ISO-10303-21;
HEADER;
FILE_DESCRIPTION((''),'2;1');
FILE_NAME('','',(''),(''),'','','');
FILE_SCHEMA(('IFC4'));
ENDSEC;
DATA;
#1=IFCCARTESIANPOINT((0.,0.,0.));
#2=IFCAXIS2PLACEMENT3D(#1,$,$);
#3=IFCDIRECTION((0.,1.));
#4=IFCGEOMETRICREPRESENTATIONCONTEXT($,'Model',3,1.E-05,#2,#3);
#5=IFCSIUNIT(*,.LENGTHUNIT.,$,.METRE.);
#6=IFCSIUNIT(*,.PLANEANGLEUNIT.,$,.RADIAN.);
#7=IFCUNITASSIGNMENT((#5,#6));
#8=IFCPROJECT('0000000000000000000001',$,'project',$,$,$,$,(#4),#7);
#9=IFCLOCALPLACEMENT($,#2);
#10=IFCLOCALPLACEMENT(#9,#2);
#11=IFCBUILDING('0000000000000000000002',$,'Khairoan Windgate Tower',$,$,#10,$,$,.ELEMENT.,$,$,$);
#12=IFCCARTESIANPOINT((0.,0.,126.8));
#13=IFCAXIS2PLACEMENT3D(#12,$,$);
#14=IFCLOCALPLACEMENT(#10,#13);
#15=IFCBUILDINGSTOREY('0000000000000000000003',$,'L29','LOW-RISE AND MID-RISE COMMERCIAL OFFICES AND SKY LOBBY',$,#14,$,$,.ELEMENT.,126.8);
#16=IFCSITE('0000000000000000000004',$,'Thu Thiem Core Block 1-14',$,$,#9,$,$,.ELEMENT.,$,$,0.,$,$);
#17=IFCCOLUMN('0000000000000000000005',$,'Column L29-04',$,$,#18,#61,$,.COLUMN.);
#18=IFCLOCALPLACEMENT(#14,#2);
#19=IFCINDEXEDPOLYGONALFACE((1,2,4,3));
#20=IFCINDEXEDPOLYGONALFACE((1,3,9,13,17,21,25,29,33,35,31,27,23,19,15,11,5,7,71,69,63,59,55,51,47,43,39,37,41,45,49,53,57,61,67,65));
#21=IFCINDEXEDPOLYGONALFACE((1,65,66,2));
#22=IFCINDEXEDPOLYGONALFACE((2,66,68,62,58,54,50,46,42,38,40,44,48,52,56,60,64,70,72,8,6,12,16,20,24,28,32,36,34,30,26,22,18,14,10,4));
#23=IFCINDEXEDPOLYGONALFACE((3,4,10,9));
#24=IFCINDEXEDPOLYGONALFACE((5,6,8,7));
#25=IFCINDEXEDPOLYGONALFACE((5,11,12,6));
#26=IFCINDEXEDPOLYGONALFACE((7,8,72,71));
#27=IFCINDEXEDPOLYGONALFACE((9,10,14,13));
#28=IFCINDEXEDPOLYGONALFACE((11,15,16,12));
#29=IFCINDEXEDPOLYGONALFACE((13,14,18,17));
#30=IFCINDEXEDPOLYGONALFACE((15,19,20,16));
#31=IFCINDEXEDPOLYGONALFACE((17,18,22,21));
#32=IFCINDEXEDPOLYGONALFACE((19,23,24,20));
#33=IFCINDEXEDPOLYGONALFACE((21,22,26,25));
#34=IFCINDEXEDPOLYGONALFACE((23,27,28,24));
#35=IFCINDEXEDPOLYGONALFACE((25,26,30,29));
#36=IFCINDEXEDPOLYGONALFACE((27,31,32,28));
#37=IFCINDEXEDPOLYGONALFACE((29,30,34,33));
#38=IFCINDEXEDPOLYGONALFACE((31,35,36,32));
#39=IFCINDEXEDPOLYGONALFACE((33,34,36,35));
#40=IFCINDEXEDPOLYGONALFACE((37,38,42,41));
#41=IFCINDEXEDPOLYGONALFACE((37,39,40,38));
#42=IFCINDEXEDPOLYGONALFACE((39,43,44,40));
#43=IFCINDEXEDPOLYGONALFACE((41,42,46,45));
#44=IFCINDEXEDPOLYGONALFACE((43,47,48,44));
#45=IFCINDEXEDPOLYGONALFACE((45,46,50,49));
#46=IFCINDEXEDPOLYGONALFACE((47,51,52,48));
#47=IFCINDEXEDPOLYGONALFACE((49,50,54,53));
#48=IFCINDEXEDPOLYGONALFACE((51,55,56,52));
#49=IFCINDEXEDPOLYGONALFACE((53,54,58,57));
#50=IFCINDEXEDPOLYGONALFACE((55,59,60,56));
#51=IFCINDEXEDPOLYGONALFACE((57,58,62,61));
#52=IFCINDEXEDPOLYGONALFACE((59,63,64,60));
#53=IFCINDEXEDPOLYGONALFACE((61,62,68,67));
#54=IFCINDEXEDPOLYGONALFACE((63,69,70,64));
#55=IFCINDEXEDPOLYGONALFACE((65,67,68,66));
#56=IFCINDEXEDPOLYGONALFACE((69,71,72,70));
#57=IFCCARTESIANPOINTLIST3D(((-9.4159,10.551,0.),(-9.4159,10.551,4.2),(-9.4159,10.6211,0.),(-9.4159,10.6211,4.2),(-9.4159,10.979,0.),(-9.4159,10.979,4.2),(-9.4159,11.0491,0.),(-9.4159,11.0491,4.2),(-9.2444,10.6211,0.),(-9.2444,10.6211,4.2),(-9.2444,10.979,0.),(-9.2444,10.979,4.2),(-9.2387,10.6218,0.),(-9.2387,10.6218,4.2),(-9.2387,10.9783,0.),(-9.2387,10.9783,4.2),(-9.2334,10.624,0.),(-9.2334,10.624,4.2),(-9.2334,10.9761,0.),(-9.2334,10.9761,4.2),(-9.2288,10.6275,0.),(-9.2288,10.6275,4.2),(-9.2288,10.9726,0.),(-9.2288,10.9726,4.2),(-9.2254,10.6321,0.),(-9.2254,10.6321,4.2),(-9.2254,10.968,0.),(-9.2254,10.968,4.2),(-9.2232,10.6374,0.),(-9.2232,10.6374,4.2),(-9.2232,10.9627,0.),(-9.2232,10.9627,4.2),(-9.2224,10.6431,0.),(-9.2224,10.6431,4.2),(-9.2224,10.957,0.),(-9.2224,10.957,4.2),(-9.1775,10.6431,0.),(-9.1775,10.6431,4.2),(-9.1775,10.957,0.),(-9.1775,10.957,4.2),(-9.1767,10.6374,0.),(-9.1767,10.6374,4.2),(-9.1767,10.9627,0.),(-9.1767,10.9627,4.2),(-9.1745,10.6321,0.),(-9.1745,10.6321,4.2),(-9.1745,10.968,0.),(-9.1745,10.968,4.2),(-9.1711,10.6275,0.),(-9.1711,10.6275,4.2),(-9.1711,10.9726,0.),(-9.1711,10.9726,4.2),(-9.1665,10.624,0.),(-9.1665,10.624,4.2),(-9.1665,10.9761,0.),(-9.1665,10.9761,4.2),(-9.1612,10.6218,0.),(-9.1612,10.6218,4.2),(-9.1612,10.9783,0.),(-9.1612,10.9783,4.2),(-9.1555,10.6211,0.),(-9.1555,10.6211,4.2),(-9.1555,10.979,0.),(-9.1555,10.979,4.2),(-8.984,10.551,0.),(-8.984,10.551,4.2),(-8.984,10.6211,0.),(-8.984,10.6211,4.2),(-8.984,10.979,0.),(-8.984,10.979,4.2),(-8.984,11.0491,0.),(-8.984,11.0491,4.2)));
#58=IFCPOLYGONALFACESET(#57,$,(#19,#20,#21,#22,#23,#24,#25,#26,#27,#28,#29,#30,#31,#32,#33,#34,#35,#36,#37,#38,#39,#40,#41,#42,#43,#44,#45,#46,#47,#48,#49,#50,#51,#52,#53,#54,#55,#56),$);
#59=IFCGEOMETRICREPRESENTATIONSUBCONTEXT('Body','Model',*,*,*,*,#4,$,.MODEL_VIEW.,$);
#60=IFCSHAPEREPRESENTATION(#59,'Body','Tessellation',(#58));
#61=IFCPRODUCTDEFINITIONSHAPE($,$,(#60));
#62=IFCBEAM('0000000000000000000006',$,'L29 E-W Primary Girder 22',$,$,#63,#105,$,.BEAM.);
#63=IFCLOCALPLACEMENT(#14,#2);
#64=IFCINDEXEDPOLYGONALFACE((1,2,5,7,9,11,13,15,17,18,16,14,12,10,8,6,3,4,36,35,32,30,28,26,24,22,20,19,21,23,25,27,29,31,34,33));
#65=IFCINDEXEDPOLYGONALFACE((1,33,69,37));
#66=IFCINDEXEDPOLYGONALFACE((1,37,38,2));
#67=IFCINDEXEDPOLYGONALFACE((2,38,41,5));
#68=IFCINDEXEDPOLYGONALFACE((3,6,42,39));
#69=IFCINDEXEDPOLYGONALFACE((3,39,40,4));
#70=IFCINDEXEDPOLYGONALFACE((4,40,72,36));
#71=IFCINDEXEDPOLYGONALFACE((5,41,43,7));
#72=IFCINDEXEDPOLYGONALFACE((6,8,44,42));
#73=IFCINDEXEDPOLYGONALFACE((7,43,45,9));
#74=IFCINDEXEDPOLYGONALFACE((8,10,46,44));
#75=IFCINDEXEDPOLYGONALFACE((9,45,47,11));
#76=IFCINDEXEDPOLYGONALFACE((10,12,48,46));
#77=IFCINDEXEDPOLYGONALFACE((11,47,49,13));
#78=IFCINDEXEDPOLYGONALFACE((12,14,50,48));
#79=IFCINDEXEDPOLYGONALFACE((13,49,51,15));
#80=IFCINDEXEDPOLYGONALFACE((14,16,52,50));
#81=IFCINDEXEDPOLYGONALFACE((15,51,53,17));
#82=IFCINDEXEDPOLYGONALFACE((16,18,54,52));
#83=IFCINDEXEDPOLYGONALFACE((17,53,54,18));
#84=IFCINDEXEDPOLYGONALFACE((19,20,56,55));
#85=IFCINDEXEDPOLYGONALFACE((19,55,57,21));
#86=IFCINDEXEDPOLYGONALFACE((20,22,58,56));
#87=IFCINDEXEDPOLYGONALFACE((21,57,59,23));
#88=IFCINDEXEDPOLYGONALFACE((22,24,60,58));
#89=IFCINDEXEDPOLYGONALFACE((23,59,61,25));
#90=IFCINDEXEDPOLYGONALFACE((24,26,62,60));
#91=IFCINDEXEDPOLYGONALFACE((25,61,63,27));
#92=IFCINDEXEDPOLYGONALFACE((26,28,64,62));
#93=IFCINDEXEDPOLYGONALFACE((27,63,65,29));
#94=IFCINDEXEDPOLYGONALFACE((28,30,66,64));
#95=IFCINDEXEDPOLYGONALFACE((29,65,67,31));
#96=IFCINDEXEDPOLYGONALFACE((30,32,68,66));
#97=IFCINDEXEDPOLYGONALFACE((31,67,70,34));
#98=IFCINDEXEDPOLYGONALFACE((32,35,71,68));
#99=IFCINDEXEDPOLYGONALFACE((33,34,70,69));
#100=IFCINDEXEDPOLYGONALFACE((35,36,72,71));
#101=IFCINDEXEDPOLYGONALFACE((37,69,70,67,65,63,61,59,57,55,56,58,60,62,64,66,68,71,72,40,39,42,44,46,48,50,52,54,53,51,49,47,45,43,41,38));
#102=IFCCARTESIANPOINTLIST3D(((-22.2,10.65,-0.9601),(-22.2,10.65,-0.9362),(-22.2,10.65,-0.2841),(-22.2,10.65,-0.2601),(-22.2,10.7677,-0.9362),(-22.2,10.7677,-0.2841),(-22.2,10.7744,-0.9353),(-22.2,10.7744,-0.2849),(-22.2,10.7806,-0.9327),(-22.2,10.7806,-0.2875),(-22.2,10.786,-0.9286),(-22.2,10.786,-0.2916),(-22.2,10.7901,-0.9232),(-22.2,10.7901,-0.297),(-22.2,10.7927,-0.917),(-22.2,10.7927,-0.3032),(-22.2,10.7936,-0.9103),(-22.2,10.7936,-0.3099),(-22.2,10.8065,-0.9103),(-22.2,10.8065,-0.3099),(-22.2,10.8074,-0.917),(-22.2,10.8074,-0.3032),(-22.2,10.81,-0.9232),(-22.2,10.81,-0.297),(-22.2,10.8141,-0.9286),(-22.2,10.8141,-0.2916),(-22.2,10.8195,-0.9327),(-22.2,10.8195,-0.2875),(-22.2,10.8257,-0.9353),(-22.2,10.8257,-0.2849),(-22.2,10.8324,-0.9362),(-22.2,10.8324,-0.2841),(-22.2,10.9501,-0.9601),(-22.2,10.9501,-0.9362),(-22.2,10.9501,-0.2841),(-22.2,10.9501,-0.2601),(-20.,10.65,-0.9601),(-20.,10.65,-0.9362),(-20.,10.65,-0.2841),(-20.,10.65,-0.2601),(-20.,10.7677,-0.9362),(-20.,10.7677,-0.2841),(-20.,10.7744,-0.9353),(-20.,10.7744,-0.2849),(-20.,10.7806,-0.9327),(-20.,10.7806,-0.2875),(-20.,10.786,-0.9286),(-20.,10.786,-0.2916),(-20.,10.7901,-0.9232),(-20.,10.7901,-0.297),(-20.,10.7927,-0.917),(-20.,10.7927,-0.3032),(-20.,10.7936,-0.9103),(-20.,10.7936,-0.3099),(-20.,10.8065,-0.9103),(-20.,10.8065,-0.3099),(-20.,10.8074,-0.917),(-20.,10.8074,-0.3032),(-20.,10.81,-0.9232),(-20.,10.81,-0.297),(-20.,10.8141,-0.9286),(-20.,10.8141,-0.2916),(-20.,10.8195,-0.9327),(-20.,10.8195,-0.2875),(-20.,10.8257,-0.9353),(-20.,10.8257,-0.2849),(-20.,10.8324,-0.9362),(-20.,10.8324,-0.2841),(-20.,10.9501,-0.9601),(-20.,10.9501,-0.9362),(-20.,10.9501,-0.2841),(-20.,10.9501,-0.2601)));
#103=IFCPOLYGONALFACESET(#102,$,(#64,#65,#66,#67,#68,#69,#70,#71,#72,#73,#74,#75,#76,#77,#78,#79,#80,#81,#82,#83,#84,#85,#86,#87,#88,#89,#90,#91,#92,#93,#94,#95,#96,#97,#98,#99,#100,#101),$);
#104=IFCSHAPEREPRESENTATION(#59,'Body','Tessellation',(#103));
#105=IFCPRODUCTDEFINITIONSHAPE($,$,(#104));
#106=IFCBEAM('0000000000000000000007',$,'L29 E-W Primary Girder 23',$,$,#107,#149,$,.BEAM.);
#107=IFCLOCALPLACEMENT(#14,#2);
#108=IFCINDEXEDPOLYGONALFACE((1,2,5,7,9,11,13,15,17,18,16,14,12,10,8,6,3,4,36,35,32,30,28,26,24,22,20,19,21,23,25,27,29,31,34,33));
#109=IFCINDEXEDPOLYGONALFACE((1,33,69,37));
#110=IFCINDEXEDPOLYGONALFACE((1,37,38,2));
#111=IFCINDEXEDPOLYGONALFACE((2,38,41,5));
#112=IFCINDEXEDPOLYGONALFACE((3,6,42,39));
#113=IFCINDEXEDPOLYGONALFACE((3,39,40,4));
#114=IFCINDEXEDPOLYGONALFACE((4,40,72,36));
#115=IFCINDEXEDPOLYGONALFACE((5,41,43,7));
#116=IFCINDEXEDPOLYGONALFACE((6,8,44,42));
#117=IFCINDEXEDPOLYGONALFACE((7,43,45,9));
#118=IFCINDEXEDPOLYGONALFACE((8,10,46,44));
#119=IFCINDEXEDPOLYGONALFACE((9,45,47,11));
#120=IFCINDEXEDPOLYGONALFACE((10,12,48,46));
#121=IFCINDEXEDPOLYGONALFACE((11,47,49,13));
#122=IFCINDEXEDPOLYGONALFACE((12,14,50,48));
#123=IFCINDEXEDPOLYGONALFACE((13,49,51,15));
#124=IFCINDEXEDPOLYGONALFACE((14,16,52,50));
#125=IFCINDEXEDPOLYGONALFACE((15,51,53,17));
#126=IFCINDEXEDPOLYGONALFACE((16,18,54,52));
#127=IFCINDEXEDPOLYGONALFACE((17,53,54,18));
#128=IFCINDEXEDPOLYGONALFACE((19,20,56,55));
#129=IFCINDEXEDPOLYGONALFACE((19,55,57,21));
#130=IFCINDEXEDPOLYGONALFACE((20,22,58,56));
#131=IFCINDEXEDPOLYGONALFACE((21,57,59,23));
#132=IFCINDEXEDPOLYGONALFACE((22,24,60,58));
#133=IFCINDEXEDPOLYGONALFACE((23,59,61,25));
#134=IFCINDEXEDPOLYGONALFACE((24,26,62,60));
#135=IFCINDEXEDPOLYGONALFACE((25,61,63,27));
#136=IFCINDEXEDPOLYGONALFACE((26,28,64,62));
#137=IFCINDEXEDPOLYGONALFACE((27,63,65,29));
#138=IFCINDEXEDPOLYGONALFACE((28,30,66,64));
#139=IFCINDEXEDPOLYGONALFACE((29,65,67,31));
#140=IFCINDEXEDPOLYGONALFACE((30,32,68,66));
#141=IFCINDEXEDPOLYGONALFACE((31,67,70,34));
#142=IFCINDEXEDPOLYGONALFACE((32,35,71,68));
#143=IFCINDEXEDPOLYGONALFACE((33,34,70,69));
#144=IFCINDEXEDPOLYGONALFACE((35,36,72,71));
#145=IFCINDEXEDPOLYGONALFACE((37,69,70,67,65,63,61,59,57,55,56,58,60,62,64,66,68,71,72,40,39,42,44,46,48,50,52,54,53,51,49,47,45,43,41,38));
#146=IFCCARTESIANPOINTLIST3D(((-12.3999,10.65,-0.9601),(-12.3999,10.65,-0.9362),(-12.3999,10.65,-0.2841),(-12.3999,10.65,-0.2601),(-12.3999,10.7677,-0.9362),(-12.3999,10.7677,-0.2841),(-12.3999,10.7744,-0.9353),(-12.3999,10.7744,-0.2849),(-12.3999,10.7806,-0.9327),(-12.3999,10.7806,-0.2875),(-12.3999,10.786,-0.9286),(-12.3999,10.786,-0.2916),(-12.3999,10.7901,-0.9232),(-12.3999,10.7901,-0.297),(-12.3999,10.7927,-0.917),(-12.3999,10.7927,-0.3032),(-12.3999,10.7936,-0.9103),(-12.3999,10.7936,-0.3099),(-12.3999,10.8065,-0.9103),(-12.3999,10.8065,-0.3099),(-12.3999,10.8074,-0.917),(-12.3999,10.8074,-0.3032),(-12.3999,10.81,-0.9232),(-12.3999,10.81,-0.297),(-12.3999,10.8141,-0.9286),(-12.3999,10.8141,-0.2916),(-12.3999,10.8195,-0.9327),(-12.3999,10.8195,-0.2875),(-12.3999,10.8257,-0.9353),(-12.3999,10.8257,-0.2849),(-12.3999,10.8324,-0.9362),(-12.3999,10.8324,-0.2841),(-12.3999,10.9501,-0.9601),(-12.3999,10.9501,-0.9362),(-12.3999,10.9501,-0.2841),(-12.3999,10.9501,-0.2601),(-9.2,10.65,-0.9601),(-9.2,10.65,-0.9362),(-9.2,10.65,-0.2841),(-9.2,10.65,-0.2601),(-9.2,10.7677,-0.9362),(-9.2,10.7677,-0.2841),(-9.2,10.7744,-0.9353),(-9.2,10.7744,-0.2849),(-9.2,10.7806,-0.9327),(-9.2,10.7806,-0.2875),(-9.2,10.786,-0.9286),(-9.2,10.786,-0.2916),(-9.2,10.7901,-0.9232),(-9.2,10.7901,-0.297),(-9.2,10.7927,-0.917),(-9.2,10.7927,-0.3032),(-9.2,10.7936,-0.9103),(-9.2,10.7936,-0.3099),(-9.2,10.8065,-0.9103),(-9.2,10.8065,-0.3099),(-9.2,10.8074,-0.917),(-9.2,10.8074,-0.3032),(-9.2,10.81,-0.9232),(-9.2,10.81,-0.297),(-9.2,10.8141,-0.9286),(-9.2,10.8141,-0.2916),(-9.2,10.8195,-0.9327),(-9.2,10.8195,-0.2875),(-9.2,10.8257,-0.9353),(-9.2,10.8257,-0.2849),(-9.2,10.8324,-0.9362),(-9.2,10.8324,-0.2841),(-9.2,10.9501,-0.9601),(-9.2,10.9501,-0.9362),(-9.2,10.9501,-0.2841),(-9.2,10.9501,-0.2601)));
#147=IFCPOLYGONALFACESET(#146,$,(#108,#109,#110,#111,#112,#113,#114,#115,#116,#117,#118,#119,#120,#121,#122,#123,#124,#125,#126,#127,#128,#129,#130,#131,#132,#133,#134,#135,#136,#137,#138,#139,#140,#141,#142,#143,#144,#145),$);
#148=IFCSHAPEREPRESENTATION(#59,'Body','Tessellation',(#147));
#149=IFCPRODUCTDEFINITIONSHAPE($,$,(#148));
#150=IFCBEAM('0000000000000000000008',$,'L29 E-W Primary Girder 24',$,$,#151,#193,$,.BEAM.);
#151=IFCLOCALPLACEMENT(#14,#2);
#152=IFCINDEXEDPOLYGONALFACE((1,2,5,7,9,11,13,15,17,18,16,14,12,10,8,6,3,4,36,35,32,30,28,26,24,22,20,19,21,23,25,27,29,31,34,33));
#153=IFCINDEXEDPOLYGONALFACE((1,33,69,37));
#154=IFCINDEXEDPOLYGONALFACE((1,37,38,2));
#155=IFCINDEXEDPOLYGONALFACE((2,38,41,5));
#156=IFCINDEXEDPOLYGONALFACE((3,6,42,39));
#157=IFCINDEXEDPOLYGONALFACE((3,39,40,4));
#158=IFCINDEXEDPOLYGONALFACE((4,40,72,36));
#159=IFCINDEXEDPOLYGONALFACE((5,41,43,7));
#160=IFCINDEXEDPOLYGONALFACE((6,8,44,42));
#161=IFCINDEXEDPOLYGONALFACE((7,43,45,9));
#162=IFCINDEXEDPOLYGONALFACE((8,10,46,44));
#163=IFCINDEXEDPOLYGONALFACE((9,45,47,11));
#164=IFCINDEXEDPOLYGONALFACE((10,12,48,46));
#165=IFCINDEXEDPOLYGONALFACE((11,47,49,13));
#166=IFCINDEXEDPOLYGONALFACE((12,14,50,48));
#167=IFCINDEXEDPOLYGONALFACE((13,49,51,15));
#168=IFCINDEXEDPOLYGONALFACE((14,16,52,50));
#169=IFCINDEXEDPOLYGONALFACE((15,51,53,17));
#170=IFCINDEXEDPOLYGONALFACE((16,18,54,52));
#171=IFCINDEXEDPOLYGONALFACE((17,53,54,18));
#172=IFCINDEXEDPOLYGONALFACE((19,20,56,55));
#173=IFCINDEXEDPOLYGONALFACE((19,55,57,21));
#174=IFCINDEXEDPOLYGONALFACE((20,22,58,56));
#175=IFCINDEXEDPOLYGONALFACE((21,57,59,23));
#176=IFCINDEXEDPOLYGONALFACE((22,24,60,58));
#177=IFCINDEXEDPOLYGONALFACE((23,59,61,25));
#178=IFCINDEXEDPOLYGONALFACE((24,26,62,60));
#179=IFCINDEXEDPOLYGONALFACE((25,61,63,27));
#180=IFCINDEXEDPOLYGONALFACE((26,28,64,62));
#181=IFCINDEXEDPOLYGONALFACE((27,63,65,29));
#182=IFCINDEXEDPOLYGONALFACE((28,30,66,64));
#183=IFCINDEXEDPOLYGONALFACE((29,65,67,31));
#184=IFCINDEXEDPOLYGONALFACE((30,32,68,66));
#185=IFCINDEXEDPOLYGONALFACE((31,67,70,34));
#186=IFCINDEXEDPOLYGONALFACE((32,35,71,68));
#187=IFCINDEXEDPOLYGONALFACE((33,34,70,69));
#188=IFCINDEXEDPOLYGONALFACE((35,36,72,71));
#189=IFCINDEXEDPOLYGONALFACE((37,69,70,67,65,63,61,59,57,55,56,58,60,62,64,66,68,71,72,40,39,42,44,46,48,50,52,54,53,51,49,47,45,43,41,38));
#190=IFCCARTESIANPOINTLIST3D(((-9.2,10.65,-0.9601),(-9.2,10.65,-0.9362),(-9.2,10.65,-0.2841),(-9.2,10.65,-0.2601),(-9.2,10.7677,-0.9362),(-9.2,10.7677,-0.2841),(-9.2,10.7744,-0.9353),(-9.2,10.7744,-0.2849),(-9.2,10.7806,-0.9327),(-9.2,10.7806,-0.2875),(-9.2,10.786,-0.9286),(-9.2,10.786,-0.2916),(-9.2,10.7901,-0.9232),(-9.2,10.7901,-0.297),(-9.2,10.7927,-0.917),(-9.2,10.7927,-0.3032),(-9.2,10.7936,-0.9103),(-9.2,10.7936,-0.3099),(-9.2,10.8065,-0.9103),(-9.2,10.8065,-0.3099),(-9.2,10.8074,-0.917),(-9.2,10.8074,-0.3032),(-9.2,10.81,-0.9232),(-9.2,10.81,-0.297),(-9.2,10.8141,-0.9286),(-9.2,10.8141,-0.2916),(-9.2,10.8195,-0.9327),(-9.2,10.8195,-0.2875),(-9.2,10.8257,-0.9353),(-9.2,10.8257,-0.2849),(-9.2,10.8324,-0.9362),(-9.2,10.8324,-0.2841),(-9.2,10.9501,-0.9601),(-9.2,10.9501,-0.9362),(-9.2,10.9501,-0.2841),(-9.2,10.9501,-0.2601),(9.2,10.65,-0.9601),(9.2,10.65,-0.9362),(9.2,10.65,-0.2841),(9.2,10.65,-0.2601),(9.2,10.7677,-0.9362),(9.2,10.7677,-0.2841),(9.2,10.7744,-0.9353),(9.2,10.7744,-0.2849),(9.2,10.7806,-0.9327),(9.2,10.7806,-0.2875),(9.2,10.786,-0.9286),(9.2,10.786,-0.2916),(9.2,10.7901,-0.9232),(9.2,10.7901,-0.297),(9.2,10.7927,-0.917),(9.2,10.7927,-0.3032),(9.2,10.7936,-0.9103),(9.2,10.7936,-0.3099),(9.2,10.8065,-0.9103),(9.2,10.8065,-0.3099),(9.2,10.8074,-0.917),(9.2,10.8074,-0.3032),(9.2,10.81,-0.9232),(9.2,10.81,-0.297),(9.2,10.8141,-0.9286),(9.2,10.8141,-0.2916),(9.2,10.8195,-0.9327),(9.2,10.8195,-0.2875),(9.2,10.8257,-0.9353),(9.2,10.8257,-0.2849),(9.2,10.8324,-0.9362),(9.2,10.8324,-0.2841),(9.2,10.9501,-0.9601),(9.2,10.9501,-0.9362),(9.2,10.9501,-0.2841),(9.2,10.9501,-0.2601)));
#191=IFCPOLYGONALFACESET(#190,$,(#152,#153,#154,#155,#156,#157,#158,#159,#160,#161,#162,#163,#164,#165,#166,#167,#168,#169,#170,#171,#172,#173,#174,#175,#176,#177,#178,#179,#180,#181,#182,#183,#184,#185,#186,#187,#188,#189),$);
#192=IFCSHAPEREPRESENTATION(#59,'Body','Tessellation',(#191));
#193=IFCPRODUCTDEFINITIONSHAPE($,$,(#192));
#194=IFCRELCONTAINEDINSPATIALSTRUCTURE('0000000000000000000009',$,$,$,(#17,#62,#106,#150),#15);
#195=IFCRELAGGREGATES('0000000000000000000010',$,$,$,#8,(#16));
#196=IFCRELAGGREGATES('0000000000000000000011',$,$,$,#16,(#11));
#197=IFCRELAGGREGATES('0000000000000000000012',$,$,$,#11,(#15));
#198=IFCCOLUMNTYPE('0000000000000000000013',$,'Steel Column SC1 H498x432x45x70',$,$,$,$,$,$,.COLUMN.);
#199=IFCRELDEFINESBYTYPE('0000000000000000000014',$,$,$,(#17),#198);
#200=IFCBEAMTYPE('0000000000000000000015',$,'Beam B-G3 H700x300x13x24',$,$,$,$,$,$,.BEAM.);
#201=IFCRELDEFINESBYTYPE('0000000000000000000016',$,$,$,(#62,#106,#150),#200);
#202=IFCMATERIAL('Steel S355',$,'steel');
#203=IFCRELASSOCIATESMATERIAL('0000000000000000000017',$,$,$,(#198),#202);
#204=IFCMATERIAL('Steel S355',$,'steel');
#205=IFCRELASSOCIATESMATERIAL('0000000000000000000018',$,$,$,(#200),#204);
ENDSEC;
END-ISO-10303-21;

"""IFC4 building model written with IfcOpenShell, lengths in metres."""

from ifc_helpers import new_model, si_unit, direction, frame, origin, origin_2d, place, context, subcontext, project, spatial, i_section, extrude, material, material_profile, profile_set, type_object, element, save


model = new_model("IFC4")

# Units and contexts
model_context = context("Model", 3, precision=1e-05, world=origin(), true_north=direction((0.0, 1.0)))
body_context = subcontext(model_context, "Body", "Model", "MODEL_VIEW")
ifc_project = project(units=[si_unit("LENGTHUNIT", "METRE"), si_unit("PLANEANGLEUNIT", "RADIAN")], contexts=[model_context])

# Site, building, storey
site_placement = place(None, origin())
site = spatial("IfcSite", under=ifc_project, at=site_placement, Name="Thu Thiem Core Block 1-14", CompositionType="ELEMENT", RefElevation=0.0)
building_placement = place(site_placement, origin())
building = spatial("IfcBuilding", under=site, at=building_placement, Name="Khairoan Windgate Tower", CompositionType="ELEMENT")
storey_placement = place(building_placement, frame((0.0, 0.0, 126.8)))
storey = spatial("IfcBuildingStorey", under=building, at=storey_placement, Name="L29", Description="LOW-RISE AND MID-RISE COMMERCIAL OFFICES AND SKY LOBBY", CompositionType="ELEMENT", Elevation=126.8)

# Column
ifc_material_1 = material(Name="Steel S355", Category="steel")
ifc_material_profile_1 = material_profile(ifc_material_1, i_section(OverallWidth=0.4319, OverallDepth=0.498, WebThickness=0.0449, FlangeThickness=0.0701, FilletRadius=0.022, at=origin_2d()))
ifc_profile_set_1 = profile_set([ifc_material_profile_1], Name="Steel S355")
column_type = type_object("IfcColumnType", Name="Steel Column SC1 H498x432x45x70", PredefinedType="COLUMN", material=ifc_profile_set_1)
column_placement = place(storey_placement, frame((-9.2, 10.8, 0.0), z_axis=(0.0, 0.0, 1.0), x_axis=(1.0, 0.0, 0.0)))
element("IfcColumn", 1, at=column_placement, inside=storey, type_object=column_type, Name="Column L29-04", PredefinedType="COLUMN", context=body_context, shape_type="SweptSolid", body=[
    extrude(i_section(OverallWidth=0.4319, OverallDepth=0.498, WebThickness=0.0449, FlangeThickness=0.0701, FilletRadius=0.022, at=origin_2d()), origin(), (0.0, 0.0, 1.0), 4.2),
])

# Beams
ifc_material_2 = material(Name="Steel S355", Category="steel")
ifc_material_profile_2 = material_profile(ifc_material_2, i_section(OverallWidth=0.3, OverallDepth=0.7, WebThickness=0.0129, FlangeThickness=0.0239, FilletRadius=0.0259, at=origin_2d()))
ifc_profile_set_2 = profile_set([ifc_material_profile_2], Name="Steel S355")
beam_type_1 = type_object("IfcBeamType", Name="Beam B-G3 H700x300x13x24", PredefinedType="BEAM", material=ifc_profile_set_2)
beam_1_placement = place(storey_placement, frame((-22.2, 10.8, -0.6101), z_axis=(1.0, 0.0, 0.0), x_axis=(0.0, 1.0, 0.0)))
element("IfcBeam", 2, at=beam_1_placement, inside=storey, type_object=beam_type_1, Name="L29 E-W Primary Girder 22", PredefinedType="BEAM", context=body_context, shape_type="SweptSolid", body=[
    extrude(i_section(OverallWidth=0.3, OverallDepth=0.7, WebThickness=0.0129, FlangeThickness=0.0239, FilletRadius=0.0259, at=origin_2d()), origin(), (0.0, 0.0, 1.0), 2.2),
])
beam_2_placement = place(storey_placement, frame((-12.3999, 10.8, -0.6101), z_axis=(1.0, 0.0, 0.0), x_axis=(0.0, 1.0, 0.0)))
element("IfcBeam", 3, at=beam_2_placement, inside=storey, type_object=beam_type_1, Name="L29 E-W Primary Girder 23", PredefinedType="BEAM", context=body_context, shape_type="SweptSolid", body=[
    extrude(i_section(OverallWidth=0.3, OverallDepth=0.7, WebThickness=0.0129, FlangeThickness=0.0239, FilletRadius=0.0259, at=origin_2d()), origin(), (0.0, 0.0, 1.0), 3.2),
])
beam_3_placement = place(storey_placement, frame((-9.2, 10.8, -0.6101), z_axis=(1.0, 0.0, 0.0), x_axis=(0.0, 1.0, 0.0)))
element("IfcBeam", 4, at=beam_3_placement, inside=storey, type_object=beam_type_1, Name="L29 E-W Primary Girder 24", PredefinedType="BEAM", context=body_context, shape_type="SweptSolid", body=[
    extrude(i_section(OverallWidth=0.3, OverallDepth=0.7, WebThickness=0.0129, FlangeThickness=0.0239, FilletRadius=0.0259, at=origin_2d()), origin(), (0.0, 0.0, 1.0), 18.3999),
])

save(model, "model.ifc")
